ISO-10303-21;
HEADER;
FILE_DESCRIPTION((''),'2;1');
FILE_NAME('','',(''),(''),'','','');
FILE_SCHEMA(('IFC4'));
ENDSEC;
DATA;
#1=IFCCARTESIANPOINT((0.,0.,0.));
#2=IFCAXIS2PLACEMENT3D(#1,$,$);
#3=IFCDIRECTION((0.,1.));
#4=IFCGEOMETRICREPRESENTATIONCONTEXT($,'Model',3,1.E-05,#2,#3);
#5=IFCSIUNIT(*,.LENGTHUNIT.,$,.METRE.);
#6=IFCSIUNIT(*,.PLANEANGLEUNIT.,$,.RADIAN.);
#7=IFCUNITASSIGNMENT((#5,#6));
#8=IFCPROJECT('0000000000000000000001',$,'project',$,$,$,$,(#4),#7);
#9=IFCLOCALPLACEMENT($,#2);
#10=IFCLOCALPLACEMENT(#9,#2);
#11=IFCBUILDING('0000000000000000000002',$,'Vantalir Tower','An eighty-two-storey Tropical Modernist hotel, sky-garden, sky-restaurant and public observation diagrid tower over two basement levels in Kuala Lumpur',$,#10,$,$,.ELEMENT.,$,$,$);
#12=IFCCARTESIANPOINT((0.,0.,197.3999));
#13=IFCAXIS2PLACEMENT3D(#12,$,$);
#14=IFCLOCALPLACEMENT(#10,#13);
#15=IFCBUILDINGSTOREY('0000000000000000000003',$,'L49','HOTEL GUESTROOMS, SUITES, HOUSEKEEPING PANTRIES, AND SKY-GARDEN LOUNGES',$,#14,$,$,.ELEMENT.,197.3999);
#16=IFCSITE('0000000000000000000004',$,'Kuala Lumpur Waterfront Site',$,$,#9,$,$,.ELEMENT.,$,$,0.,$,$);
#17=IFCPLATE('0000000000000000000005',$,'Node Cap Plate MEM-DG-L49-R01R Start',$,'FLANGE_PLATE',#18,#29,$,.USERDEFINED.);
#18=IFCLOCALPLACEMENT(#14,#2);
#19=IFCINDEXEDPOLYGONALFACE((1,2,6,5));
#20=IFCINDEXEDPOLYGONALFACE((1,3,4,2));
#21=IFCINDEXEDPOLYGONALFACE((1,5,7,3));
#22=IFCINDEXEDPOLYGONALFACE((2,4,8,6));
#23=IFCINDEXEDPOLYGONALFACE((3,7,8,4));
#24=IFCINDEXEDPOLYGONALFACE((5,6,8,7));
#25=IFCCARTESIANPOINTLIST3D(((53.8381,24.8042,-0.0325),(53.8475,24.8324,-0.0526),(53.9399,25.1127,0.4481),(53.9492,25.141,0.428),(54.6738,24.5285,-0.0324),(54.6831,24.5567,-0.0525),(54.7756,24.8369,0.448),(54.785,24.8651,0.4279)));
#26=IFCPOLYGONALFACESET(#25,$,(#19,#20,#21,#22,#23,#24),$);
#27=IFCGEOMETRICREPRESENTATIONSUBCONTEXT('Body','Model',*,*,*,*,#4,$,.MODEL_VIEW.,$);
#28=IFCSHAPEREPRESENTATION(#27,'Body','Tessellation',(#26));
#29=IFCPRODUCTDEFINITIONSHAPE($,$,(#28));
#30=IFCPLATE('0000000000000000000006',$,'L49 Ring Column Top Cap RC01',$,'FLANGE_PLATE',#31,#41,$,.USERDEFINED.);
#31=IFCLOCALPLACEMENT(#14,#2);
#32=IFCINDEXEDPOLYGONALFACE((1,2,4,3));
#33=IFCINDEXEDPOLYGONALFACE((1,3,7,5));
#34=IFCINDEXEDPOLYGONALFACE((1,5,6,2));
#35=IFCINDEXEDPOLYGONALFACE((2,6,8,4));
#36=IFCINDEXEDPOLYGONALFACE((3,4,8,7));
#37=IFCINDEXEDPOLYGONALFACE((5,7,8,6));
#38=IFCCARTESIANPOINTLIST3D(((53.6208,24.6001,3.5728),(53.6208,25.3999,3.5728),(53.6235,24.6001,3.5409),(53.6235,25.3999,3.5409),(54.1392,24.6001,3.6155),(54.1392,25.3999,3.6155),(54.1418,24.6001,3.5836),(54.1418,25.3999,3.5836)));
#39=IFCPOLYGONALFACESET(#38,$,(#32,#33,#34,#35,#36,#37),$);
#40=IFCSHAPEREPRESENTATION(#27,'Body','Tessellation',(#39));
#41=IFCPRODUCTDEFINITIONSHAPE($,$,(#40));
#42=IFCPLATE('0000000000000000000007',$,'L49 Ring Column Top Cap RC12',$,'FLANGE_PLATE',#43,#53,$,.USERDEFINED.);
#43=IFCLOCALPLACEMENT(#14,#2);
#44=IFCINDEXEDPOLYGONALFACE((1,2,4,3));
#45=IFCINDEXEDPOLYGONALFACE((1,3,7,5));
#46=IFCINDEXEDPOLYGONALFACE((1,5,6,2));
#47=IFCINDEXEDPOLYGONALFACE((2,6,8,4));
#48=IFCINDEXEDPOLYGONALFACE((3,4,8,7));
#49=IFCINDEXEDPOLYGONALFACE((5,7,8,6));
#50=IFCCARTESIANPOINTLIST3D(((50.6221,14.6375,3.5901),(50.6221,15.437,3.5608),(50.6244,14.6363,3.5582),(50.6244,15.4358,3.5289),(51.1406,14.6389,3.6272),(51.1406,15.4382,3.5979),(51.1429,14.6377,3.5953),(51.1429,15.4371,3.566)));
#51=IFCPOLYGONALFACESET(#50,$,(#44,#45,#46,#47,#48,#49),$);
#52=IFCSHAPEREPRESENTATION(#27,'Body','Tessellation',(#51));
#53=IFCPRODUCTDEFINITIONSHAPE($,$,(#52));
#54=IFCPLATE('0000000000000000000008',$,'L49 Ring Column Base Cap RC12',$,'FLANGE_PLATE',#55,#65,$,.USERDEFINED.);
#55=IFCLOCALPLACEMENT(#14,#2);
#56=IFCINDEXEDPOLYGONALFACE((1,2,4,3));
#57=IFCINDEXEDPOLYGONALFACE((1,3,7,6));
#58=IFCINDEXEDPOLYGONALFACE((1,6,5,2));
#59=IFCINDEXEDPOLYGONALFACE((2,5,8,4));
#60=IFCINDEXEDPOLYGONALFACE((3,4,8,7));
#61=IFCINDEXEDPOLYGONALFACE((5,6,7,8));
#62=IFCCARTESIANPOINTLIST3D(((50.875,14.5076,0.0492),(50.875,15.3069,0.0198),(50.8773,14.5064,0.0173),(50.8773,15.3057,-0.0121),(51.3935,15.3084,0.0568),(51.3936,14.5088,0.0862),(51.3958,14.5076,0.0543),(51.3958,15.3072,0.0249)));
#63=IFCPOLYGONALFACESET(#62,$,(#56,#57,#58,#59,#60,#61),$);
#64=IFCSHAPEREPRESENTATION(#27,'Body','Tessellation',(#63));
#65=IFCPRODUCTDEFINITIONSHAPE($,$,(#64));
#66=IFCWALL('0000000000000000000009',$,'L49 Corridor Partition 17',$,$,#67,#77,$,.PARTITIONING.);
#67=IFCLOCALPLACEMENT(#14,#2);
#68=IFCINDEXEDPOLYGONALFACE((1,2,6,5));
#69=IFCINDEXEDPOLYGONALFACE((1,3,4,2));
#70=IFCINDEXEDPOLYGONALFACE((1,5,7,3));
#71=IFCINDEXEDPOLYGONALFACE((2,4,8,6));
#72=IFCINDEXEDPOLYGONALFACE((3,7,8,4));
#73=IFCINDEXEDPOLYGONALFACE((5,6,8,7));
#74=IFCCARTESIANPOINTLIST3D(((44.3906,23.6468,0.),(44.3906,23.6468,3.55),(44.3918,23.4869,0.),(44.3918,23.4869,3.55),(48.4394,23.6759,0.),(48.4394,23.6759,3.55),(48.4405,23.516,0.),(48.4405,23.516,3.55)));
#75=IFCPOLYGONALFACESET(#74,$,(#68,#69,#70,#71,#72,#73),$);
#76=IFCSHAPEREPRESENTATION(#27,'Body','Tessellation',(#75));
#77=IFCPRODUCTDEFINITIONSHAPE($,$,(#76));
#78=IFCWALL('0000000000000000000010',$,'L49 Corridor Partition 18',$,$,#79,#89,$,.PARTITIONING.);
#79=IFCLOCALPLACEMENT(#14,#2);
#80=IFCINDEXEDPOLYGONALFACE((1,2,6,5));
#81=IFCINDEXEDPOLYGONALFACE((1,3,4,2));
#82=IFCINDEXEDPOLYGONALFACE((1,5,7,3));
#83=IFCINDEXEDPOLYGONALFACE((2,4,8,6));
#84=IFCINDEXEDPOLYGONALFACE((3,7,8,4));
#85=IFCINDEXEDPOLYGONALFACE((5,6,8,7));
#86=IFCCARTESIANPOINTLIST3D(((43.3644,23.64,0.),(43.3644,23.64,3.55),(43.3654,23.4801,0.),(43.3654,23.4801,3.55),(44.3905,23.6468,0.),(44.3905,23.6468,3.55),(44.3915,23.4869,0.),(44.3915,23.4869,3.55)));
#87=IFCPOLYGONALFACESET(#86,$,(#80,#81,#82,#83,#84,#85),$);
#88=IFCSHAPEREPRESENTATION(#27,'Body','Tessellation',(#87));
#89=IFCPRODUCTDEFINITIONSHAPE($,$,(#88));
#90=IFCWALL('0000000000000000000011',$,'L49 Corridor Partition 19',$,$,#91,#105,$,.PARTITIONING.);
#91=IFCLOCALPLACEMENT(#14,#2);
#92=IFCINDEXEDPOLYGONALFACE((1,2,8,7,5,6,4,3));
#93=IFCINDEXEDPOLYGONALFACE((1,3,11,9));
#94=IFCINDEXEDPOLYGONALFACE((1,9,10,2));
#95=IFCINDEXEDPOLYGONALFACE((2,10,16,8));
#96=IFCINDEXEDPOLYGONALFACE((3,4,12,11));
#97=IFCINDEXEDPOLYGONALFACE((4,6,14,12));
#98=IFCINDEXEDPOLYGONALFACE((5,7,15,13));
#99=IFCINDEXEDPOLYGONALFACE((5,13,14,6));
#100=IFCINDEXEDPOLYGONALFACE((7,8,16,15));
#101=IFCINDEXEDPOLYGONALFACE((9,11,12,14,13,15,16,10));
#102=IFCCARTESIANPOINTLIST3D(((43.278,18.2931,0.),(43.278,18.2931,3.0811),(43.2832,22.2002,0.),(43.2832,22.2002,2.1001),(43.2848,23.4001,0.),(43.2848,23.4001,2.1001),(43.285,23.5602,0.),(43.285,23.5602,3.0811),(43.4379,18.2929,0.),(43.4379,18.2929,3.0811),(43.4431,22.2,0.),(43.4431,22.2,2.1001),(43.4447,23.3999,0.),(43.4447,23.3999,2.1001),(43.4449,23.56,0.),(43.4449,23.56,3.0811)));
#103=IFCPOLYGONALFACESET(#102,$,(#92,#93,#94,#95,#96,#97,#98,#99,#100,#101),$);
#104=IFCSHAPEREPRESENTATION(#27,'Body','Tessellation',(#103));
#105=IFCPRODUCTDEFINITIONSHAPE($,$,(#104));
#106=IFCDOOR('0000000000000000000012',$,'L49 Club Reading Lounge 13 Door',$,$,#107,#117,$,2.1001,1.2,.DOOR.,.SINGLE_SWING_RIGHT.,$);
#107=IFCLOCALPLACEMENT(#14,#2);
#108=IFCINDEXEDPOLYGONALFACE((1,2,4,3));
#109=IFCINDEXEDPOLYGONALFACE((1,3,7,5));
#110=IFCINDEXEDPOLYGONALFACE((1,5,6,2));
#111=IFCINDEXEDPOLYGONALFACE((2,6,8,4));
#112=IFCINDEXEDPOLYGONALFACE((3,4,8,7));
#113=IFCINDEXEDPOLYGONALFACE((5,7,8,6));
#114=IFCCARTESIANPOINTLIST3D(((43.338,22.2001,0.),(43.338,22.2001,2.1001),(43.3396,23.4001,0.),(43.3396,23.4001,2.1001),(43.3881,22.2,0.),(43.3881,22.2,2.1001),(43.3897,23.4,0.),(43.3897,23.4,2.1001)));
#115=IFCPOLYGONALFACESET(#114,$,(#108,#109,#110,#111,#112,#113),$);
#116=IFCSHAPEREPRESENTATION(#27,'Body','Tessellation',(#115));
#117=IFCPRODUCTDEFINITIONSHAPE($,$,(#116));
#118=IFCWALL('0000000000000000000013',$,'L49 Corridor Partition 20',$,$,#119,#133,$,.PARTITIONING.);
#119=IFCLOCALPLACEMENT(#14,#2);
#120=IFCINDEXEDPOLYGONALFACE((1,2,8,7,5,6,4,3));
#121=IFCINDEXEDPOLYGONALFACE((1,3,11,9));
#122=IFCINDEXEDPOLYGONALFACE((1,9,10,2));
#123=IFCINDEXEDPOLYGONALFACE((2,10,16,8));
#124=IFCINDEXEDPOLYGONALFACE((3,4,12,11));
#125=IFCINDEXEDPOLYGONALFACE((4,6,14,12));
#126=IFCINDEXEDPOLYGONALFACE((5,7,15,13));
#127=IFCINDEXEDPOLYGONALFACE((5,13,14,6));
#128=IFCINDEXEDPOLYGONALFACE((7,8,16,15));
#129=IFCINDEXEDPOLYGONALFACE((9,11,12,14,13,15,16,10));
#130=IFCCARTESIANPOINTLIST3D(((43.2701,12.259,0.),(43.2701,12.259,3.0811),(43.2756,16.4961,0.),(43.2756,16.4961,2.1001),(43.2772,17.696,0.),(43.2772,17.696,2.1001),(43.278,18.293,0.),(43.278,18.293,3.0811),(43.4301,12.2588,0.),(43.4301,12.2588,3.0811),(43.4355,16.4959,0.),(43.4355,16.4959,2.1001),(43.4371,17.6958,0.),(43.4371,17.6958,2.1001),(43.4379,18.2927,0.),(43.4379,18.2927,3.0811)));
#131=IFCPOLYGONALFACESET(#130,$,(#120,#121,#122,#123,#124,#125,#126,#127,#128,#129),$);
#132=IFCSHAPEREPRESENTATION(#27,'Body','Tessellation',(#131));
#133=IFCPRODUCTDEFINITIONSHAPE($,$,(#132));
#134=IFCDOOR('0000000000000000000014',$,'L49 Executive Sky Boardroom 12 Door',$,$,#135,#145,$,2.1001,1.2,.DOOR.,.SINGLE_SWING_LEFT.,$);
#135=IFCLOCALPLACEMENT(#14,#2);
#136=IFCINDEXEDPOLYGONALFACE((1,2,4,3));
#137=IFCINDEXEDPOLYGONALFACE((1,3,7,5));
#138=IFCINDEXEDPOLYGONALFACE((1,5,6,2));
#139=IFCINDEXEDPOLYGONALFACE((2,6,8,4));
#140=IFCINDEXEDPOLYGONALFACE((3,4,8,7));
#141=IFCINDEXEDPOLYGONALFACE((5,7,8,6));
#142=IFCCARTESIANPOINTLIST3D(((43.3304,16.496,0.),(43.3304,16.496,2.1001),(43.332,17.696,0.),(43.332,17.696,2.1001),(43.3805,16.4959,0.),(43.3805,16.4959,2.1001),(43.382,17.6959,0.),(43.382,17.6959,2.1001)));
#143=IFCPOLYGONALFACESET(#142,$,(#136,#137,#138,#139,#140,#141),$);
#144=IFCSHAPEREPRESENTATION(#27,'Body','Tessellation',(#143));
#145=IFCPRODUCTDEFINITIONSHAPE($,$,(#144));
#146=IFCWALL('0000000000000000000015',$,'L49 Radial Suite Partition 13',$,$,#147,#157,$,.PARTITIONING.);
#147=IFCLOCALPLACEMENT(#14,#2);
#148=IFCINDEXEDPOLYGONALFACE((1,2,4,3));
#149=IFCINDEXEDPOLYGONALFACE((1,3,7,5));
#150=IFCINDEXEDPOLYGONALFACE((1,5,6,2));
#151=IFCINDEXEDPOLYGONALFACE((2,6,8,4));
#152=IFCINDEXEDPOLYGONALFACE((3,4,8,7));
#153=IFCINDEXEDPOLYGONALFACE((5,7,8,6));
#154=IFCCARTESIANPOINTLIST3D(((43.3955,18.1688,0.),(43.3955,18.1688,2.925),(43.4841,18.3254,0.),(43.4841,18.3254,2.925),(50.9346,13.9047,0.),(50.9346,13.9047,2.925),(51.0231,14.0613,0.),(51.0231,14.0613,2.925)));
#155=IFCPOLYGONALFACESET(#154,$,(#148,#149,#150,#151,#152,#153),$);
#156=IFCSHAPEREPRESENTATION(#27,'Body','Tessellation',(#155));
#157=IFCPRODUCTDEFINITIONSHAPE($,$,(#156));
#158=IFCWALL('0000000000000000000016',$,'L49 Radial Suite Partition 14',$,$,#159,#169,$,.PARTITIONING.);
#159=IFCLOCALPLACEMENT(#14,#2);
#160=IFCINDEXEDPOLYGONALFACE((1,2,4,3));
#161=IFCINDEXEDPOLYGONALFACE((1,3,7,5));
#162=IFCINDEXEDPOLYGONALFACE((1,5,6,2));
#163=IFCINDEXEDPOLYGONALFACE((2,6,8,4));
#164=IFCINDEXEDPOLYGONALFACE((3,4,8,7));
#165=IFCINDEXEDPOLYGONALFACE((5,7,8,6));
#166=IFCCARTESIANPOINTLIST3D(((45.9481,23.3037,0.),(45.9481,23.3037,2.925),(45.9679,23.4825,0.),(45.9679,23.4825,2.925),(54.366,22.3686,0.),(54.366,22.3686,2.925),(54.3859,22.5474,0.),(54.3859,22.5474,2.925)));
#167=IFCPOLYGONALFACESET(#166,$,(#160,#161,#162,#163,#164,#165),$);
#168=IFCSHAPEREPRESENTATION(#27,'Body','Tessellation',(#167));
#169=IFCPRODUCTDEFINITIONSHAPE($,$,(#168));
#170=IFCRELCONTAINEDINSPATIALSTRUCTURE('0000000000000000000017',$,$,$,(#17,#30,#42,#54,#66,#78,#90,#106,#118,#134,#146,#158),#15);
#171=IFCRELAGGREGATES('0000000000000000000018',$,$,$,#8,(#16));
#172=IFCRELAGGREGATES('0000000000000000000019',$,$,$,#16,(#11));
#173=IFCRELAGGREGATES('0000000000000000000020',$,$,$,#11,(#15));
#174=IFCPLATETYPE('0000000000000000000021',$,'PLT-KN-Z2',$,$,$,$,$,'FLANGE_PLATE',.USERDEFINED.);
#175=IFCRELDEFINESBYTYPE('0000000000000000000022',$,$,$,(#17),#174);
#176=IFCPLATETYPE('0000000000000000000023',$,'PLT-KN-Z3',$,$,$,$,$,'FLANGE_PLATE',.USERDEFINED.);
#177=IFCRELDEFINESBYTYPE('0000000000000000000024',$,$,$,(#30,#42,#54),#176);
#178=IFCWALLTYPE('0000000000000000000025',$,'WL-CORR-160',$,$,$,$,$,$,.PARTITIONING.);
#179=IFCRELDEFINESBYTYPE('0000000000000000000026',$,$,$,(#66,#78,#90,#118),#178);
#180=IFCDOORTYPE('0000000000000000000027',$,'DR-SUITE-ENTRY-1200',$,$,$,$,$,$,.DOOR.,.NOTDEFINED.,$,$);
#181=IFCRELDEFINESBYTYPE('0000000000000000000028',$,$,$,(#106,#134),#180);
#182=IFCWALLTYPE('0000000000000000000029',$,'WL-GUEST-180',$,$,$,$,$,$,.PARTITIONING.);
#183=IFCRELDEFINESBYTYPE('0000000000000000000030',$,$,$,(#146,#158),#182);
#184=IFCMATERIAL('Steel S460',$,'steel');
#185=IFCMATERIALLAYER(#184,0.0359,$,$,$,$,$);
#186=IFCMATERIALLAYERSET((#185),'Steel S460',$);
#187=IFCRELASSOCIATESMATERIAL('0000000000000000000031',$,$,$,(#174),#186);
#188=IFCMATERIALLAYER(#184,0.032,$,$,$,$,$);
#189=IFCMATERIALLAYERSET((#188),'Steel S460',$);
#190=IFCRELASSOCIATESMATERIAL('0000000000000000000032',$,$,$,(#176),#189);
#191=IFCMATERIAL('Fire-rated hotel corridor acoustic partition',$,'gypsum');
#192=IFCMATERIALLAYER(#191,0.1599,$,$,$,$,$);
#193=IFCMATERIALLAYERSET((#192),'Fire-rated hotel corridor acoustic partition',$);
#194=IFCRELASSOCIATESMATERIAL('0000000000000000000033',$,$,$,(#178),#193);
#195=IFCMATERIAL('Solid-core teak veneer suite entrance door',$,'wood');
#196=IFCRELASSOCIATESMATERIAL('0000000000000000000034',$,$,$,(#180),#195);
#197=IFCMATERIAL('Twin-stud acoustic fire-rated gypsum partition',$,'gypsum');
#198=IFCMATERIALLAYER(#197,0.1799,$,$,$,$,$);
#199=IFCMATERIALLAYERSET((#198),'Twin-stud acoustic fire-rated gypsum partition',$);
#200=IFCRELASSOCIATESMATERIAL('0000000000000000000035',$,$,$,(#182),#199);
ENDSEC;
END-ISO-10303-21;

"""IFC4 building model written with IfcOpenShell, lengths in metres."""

from ifc_helpers import new_model, si_unit, direction, frame, frame_2d, origin, place, context, subcontext, project, spatial, polyline, rectangle, outline, extrude, material, layer, layer_set, type_object, element, fill, save


model = new_model("IFC4")

# Units and contexts
model_context = context("Model", 3, precision=1e-05, world=origin(), true_north=direction((0.0, 1.0)))
body_context = subcontext(model_context, "Body", "Model", "MODEL_VIEW")
ifc_project = project(units=[si_unit("LENGTHUNIT", "METRE"), si_unit("PLANEANGLEUNIT", "RADIAN")], contexts=[model_context])

# Site, building, storey
site_placement = place(None, origin())
site = spatial("IfcSite", under=ifc_project, at=site_placement, Name="Kuala Lumpur Waterfront Site", CompositionType="ELEMENT", RefElevation=0.0)
building_placement = place(site_placement, origin())
building = spatial("IfcBuilding", under=site, at=building_placement, Name="Vantalir Tower", Description="An eighty-two-storey Tropical Modernist hotel, sky-garden, sky-restaurant and public observation diagrid tower over two basement levels in Kuala Lumpur", CompositionType="ELEMENT")
storey_placement = place(building_placement, frame((0.0, 0.0, 197.3999)))
storey = spatial("IfcBuildingStorey", under=building, at=storey_placement, Name="L49", Description="HOTEL GUESTROOMS, SUITES, HOUSEKEEPING PANTRIES, AND SKY-GARDEN LOUNGES", CompositionType="ELEMENT", Elevation=197.3999)

# Shared definitions
ifc_material_1 = material(Name="Steel S460", Category="steel")

# Plates
ifc_layer_1 = layer(ifc_material_1, 0.0359)
ifc_layer_set_1 = layer_set([ifc_layer_1], Name="Steel S460")
plate_type_1 = type_object("IfcPlateType", Name="PLT-KN-Z2", ElementType="FLANGE_PLATE", PredefinedType="USERDEFINED", material=ifc_layer_set_1)
plate_1_placement = place(storey_placement, frame((53.8381, 24.8042, -0.0325), z_axis=(-0.259593, -0.786709, 0.56009), x_axis=(0.949649, -0.313316, 0.000061)))
element("IfcPlate", 1, at=plate_1_placement, inside=storey, type_object=plate_type_1, Name="Node Cap Plate MEM-DG-L49-R01R Start", ObjectType="FLANGE_PLATE", PredefinedType="USERDEFINED", context=body_context, shape_type="SweptSolid", body=[
    extrude(outline(polyline([(0.0, 0.0), (0.88, 0.0), (0.8801, 0.5799), (0.0, 0.58), (0.0, 0.0)])), origin(), (0.0, 0.0, -1.0), 0.0359),
])
ifc_layer_2 = layer(ifc_material_1, 0.032)
ifc_layer_set_2 = layer_set([ifc_layer_2], Name="Steel S460")
plate_type_2 = type_object("IfcPlateType", Name="PLT-KN-Z3", ElementType="FLANGE_PLATE", PredefinedType="USERDEFINED", material=ifc_layer_set_2)
plate_2_placement = place(storey_placement, frame((53.6208, 25.3999, 3.5728), z_axis=(-0.082152, 0.0, 0.99662), x_axis=(0.0, -1.0, 0.0)))
element("IfcPlate", 2, at=plate_2_placement, inside=storey, type_object=plate_type_2, Name="L49 Ring Column Top Cap RC01", ObjectType="FLANGE_PLATE", PredefinedType="USERDEFINED", context=body_context, shape_type="SweptSolid", body=[
    extrude(outline(polyline([(0.0, 0.0), (0.7998, 0.0), (0.7998, 0.5201), (0.0, 0.5201), (0.0, 0.0)])), origin(), (0.0, 0.0, -1.0), 0.032),
])
plate_3_placement = place(storey_placement, frame((50.6221, 15.437, 3.5608), z_axis=(-0.071427, 0.036529, 0.996777), x_axis=(0.0, -0.999329, 0.036622)))
element("IfcPlate", 3, at=plate_3_placement, inside=storey, type_object=plate_type_2, Name="L49 Ring Column Top Cap RC12", ObjectType="FLANGE_PLATE", PredefinedType="USERDEFINED", context=body_context, shape_type="SweptSolid", body=[
    extrude(outline(polyline([(0.0, 0.0), (0.8001, 0.0), (0.8, 0.5199), (0.0001, 0.5199), (0.0, 0.0)])), origin(), (0.0, 0.0, -1.0), 0.032),
])
plate_4_placement = place(storey_placement, frame((50.875, 15.3069, 0.0198), z_axis=(-0.071194, 0.036681, 0.996788), x_axis=(-0.00001, -0.999324, 0.036774)))
element("IfcPlate", 4, at=plate_4_placement, inside=storey, type_object=plate_type_2, Name="L49 Ring Column Base Cap RC12", ObjectType="FLANGE_PLATE", PredefinedType="USERDEFINED", context=body_context, shape_type="SweptSolid", body=[
    extrude(outline(polyline([(0.0, 0.0), (0.7999, 0.0), (0.8, 0.5199), (-0.0001, 0.5199), (0.0, 0.0)])), origin(), (0.0, 0.0, -1.0), 0.032),
])

# Walls
ifc_material_2 = material(Name="Fire-rated hotel corridor acoustic partition", Category="gypsum")
ifc_layer_3 = layer(ifc_material_2, 0.1599)
ifc_layer_set_3 = layer_set([ifc_layer_3], Name="Fire-rated hotel corridor acoustic partition")
wall_type_1 = type_object("IfcWallType", Name="WL-CORR-160", PredefinedType="PARTITIONING", material=ifc_layer_set_3)
wall_1_placement = place(storey_placement, frame((48.4399, 23.5959, 0.0), z_axis=(0.0, 0.0, 1.0), x_axis=(-0.999974, -0.007175, 0.0)))
element("IfcWall", 5, at=wall_1_placement, inside=storey, type_object=wall_type_1, Name="L49 Corridor Partition 17", PredefinedType="PARTITIONING", context=body_context, shape_type="SweptSolid", body=[
    extrude(rectangle(XDim=4.0488, YDim=0.1599, at=frame_2d((2.0244, 0.0))), origin(), (0.0, 0.0, 1.0), 3.55),
])
wall_2_placement = place(storey_placement, frame((44.3911, 23.5669, 0.0), z_axis=(0.0, 0.0, 1.0), x_axis=(-0.999978, -0.006662, 0.0)))
element("IfcWall", 6, at=wall_2_placement, inside=storey, type_object=wall_type_1, Name="L49 Corridor Partition 18", PredefinedType="PARTITIONING", context=body_context, shape_type="SweptSolid", body=[
    extrude(rectangle(XDim=1.0261, YDim=0.1599, at=frame_2d((0.5132, 0.0))), origin(), (0.0, 0.0, 1.0), 3.55),
])

# Walls, openings, doors
wall_3_placement = place(storey_placement, frame((43.365, 23.5601, 0.0), z_axis=(0.0, 0.0, 1.0), x_axis=(-0.001344, -0.999999, 0.0)))
wall_3 = element("IfcWall", 7, at=wall_3_placement, inside=storey, type_object=wall_type_1, Name="L49 Corridor Partition 19", PredefinedType="PARTITIONING", context=body_context, shape_type="SweptSolid", body=[
    extrude(rectangle(XDim=5.2671, YDim=0.1599, at=frame_2d((2.6335, 0.0))), origin(), (0.0, 0.0, 1.0), 3.0811),
])
opening_1_placement = place(wall_3_placement, frame((0.1599, 0.0, 0.0)))
opening_1 = element("IfcOpeningElement", 8, at=opening_1_placement, cuts=wall_3, PredefinedType="OPENING", context=body_context, shape_type="SweptSolid", body=[
    extrude(rectangle(XDim=1.2, YDim=2.1001, at=frame_2d((0.6001, 1.05))), frame((0.0, 0.0898, 0.0), z_axis=(0.0, -1.0, 0.0), x_axis=(1.0, 0.0, 0.0)), (0.0, 0.0, 1.0), 0.1799),
])
ifc_material_3 = material(Name="Solid-core teak veneer suite entrance door", Category="wood")
door_type = type_object("IfcDoorType", Name="DR-SUITE-ENTRY-1200", OperationType="NOTDEFINED", PredefinedType="DOOR", material=ifc_material_3)
door_1_placement = place(opening_1_placement, origin())
door_1 = element("IfcDoor", 9, at=door_1_placement, inside=storey, type_object=door_type, Name="L49 Club Reading Lounge 13 Door", OperationType="SINGLE_SWING_RIGHT", OverallHeight=2.1001, OverallWidth=1.2, PredefinedType="DOOR", context=body_context, shape_type="SweptSolid", body=[
    extrude(rectangle(XDim=1.2, YDim=2.1001, at=frame_2d((0.6001, 1.05))), frame((0.0, 0.0249, 0.0), z_axis=(0.0, -1.0, 0.0), x_axis=(1.0, 0.0, 0.0)), (0.0, 0.0, 1.0), 0.05),
])
fill(opening_1, door_1)
wall_4_placement = place(storey_placement, frame((43.3579, 18.293, 0.0), z_axis=(0.0, 0.0, 1.0), x_axis=(-0.001295, -0.999999, 0.0)))
wall_4 = element("IfcWall", 10, at=wall_4_placement, inside=storey, type_object=wall_type_1, Name="L49 Corridor Partition 20", PredefinedType="PARTITIONING", context=body_context, shape_type="SweptSolid", body=[
    extrude(rectangle(XDim=6.0339, YDim=0.1599, at=frame_2d((3.0171, 0.0))), origin(), (0.0, 0.0, 1.0), 3.0811),
])
opening_2_placement = place(wall_4_placement, frame((0.5969, 0.0, 0.0)))
opening_2 = element("IfcOpeningElement", 11, at=opening_2_placement, cuts=wall_4, PredefinedType="OPENING", context=body_context, shape_type="SweptSolid", body=[
    extrude(rectangle(XDim=1.2, YDim=2.1001, at=frame_2d((0.6001, 1.05))), frame((0.0, 0.0898, 0.0), z_axis=(0.0, -1.0, 0.0), x_axis=(1.0, 0.0, 0.0)), (0.0, 0.0, 1.0), 0.1799),
])
door_2_placement = place(opening_2_placement, origin())
door_2 = element("IfcDoor", 12, at=door_2_placement, inside=storey, type_object=door_type, Name="L49 Executive Sky Boardroom 12 Door", OperationType="SINGLE_SWING_LEFT", OverallHeight=2.1001, OverallWidth=1.2, PredefinedType="DOOR", context=body_context, shape_type="SweptSolid", body=[
    extrude(rectangle(XDim=1.2, YDim=2.1001, at=frame_2d((0.6001, 1.05))), frame((0.0, 0.0249, 0.0), z_axis=(0.0, -1.0, 0.0), x_axis=(1.0, 0.0, 0.0)), (0.0, 0.0, 1.0), 0.05),
])
fill(opening_2, door_2)

# Walls
ifc_material_4 = material(Name="Twin-stud acoustic fire-rated gypsum partition", Category="gypsum")
ifc_layer_4 = layer(ifc_material_4, 0.1799)
ifc_layer_set_4 = layer_set([ifc_layer_4], Name="Twin-stud acoustic fire-rated gypsum partition")
wall_type_2 = type_object("IfcWallType", Name="WL-GUEST-180", PredefinedType="PARTITIONING", material=ifc_layer_set_4)
wall_5_placement = place(storey_placement, frame((43.4399, 18.2471, 0.0), z_axis=(0.0, 0.0, 1.0), x_axis=(0.870417, -0.492315, 0.0)))
element("IfcWall", 13, at=wall_5_placement, inside=storey, type_object=wall_type_2, Name="L49 Radial Suite Partition 13", PredefinedType="PARTITIONING", context=body_context, shape_type="SweptSolid", body=[
    extrude(rectangle(XDim=8.6614, YDim=0.1799, at=frame_2d((4.3306, 0.0))), origin(), (0.0, 0.0, 1.0), 2.925),
])
wall_6_placement = place(storey_placement, frame((45.958, 23.3931, 0.0), z_axis=(0.0, 0.0, 1.0), x_axis=(0.993887, -0.1104, 0.0)))
element("IfcWall", 14, at=wall_6_placement, inside=storey, type_object=wall_type_2, Name="L49 Radial Suite Partition 14", PredefinedType="PARTITIONING", context=body_context, shape_type="SweptSolid", body=[
    extrude(rectangle(XDim=8.4697, YDim=0.1799, at=frame_2d((4.2349, 0.0))), origin(), (0.0, 0.0, 1.0), 2.925),
])

save(model, "model.ifc")
